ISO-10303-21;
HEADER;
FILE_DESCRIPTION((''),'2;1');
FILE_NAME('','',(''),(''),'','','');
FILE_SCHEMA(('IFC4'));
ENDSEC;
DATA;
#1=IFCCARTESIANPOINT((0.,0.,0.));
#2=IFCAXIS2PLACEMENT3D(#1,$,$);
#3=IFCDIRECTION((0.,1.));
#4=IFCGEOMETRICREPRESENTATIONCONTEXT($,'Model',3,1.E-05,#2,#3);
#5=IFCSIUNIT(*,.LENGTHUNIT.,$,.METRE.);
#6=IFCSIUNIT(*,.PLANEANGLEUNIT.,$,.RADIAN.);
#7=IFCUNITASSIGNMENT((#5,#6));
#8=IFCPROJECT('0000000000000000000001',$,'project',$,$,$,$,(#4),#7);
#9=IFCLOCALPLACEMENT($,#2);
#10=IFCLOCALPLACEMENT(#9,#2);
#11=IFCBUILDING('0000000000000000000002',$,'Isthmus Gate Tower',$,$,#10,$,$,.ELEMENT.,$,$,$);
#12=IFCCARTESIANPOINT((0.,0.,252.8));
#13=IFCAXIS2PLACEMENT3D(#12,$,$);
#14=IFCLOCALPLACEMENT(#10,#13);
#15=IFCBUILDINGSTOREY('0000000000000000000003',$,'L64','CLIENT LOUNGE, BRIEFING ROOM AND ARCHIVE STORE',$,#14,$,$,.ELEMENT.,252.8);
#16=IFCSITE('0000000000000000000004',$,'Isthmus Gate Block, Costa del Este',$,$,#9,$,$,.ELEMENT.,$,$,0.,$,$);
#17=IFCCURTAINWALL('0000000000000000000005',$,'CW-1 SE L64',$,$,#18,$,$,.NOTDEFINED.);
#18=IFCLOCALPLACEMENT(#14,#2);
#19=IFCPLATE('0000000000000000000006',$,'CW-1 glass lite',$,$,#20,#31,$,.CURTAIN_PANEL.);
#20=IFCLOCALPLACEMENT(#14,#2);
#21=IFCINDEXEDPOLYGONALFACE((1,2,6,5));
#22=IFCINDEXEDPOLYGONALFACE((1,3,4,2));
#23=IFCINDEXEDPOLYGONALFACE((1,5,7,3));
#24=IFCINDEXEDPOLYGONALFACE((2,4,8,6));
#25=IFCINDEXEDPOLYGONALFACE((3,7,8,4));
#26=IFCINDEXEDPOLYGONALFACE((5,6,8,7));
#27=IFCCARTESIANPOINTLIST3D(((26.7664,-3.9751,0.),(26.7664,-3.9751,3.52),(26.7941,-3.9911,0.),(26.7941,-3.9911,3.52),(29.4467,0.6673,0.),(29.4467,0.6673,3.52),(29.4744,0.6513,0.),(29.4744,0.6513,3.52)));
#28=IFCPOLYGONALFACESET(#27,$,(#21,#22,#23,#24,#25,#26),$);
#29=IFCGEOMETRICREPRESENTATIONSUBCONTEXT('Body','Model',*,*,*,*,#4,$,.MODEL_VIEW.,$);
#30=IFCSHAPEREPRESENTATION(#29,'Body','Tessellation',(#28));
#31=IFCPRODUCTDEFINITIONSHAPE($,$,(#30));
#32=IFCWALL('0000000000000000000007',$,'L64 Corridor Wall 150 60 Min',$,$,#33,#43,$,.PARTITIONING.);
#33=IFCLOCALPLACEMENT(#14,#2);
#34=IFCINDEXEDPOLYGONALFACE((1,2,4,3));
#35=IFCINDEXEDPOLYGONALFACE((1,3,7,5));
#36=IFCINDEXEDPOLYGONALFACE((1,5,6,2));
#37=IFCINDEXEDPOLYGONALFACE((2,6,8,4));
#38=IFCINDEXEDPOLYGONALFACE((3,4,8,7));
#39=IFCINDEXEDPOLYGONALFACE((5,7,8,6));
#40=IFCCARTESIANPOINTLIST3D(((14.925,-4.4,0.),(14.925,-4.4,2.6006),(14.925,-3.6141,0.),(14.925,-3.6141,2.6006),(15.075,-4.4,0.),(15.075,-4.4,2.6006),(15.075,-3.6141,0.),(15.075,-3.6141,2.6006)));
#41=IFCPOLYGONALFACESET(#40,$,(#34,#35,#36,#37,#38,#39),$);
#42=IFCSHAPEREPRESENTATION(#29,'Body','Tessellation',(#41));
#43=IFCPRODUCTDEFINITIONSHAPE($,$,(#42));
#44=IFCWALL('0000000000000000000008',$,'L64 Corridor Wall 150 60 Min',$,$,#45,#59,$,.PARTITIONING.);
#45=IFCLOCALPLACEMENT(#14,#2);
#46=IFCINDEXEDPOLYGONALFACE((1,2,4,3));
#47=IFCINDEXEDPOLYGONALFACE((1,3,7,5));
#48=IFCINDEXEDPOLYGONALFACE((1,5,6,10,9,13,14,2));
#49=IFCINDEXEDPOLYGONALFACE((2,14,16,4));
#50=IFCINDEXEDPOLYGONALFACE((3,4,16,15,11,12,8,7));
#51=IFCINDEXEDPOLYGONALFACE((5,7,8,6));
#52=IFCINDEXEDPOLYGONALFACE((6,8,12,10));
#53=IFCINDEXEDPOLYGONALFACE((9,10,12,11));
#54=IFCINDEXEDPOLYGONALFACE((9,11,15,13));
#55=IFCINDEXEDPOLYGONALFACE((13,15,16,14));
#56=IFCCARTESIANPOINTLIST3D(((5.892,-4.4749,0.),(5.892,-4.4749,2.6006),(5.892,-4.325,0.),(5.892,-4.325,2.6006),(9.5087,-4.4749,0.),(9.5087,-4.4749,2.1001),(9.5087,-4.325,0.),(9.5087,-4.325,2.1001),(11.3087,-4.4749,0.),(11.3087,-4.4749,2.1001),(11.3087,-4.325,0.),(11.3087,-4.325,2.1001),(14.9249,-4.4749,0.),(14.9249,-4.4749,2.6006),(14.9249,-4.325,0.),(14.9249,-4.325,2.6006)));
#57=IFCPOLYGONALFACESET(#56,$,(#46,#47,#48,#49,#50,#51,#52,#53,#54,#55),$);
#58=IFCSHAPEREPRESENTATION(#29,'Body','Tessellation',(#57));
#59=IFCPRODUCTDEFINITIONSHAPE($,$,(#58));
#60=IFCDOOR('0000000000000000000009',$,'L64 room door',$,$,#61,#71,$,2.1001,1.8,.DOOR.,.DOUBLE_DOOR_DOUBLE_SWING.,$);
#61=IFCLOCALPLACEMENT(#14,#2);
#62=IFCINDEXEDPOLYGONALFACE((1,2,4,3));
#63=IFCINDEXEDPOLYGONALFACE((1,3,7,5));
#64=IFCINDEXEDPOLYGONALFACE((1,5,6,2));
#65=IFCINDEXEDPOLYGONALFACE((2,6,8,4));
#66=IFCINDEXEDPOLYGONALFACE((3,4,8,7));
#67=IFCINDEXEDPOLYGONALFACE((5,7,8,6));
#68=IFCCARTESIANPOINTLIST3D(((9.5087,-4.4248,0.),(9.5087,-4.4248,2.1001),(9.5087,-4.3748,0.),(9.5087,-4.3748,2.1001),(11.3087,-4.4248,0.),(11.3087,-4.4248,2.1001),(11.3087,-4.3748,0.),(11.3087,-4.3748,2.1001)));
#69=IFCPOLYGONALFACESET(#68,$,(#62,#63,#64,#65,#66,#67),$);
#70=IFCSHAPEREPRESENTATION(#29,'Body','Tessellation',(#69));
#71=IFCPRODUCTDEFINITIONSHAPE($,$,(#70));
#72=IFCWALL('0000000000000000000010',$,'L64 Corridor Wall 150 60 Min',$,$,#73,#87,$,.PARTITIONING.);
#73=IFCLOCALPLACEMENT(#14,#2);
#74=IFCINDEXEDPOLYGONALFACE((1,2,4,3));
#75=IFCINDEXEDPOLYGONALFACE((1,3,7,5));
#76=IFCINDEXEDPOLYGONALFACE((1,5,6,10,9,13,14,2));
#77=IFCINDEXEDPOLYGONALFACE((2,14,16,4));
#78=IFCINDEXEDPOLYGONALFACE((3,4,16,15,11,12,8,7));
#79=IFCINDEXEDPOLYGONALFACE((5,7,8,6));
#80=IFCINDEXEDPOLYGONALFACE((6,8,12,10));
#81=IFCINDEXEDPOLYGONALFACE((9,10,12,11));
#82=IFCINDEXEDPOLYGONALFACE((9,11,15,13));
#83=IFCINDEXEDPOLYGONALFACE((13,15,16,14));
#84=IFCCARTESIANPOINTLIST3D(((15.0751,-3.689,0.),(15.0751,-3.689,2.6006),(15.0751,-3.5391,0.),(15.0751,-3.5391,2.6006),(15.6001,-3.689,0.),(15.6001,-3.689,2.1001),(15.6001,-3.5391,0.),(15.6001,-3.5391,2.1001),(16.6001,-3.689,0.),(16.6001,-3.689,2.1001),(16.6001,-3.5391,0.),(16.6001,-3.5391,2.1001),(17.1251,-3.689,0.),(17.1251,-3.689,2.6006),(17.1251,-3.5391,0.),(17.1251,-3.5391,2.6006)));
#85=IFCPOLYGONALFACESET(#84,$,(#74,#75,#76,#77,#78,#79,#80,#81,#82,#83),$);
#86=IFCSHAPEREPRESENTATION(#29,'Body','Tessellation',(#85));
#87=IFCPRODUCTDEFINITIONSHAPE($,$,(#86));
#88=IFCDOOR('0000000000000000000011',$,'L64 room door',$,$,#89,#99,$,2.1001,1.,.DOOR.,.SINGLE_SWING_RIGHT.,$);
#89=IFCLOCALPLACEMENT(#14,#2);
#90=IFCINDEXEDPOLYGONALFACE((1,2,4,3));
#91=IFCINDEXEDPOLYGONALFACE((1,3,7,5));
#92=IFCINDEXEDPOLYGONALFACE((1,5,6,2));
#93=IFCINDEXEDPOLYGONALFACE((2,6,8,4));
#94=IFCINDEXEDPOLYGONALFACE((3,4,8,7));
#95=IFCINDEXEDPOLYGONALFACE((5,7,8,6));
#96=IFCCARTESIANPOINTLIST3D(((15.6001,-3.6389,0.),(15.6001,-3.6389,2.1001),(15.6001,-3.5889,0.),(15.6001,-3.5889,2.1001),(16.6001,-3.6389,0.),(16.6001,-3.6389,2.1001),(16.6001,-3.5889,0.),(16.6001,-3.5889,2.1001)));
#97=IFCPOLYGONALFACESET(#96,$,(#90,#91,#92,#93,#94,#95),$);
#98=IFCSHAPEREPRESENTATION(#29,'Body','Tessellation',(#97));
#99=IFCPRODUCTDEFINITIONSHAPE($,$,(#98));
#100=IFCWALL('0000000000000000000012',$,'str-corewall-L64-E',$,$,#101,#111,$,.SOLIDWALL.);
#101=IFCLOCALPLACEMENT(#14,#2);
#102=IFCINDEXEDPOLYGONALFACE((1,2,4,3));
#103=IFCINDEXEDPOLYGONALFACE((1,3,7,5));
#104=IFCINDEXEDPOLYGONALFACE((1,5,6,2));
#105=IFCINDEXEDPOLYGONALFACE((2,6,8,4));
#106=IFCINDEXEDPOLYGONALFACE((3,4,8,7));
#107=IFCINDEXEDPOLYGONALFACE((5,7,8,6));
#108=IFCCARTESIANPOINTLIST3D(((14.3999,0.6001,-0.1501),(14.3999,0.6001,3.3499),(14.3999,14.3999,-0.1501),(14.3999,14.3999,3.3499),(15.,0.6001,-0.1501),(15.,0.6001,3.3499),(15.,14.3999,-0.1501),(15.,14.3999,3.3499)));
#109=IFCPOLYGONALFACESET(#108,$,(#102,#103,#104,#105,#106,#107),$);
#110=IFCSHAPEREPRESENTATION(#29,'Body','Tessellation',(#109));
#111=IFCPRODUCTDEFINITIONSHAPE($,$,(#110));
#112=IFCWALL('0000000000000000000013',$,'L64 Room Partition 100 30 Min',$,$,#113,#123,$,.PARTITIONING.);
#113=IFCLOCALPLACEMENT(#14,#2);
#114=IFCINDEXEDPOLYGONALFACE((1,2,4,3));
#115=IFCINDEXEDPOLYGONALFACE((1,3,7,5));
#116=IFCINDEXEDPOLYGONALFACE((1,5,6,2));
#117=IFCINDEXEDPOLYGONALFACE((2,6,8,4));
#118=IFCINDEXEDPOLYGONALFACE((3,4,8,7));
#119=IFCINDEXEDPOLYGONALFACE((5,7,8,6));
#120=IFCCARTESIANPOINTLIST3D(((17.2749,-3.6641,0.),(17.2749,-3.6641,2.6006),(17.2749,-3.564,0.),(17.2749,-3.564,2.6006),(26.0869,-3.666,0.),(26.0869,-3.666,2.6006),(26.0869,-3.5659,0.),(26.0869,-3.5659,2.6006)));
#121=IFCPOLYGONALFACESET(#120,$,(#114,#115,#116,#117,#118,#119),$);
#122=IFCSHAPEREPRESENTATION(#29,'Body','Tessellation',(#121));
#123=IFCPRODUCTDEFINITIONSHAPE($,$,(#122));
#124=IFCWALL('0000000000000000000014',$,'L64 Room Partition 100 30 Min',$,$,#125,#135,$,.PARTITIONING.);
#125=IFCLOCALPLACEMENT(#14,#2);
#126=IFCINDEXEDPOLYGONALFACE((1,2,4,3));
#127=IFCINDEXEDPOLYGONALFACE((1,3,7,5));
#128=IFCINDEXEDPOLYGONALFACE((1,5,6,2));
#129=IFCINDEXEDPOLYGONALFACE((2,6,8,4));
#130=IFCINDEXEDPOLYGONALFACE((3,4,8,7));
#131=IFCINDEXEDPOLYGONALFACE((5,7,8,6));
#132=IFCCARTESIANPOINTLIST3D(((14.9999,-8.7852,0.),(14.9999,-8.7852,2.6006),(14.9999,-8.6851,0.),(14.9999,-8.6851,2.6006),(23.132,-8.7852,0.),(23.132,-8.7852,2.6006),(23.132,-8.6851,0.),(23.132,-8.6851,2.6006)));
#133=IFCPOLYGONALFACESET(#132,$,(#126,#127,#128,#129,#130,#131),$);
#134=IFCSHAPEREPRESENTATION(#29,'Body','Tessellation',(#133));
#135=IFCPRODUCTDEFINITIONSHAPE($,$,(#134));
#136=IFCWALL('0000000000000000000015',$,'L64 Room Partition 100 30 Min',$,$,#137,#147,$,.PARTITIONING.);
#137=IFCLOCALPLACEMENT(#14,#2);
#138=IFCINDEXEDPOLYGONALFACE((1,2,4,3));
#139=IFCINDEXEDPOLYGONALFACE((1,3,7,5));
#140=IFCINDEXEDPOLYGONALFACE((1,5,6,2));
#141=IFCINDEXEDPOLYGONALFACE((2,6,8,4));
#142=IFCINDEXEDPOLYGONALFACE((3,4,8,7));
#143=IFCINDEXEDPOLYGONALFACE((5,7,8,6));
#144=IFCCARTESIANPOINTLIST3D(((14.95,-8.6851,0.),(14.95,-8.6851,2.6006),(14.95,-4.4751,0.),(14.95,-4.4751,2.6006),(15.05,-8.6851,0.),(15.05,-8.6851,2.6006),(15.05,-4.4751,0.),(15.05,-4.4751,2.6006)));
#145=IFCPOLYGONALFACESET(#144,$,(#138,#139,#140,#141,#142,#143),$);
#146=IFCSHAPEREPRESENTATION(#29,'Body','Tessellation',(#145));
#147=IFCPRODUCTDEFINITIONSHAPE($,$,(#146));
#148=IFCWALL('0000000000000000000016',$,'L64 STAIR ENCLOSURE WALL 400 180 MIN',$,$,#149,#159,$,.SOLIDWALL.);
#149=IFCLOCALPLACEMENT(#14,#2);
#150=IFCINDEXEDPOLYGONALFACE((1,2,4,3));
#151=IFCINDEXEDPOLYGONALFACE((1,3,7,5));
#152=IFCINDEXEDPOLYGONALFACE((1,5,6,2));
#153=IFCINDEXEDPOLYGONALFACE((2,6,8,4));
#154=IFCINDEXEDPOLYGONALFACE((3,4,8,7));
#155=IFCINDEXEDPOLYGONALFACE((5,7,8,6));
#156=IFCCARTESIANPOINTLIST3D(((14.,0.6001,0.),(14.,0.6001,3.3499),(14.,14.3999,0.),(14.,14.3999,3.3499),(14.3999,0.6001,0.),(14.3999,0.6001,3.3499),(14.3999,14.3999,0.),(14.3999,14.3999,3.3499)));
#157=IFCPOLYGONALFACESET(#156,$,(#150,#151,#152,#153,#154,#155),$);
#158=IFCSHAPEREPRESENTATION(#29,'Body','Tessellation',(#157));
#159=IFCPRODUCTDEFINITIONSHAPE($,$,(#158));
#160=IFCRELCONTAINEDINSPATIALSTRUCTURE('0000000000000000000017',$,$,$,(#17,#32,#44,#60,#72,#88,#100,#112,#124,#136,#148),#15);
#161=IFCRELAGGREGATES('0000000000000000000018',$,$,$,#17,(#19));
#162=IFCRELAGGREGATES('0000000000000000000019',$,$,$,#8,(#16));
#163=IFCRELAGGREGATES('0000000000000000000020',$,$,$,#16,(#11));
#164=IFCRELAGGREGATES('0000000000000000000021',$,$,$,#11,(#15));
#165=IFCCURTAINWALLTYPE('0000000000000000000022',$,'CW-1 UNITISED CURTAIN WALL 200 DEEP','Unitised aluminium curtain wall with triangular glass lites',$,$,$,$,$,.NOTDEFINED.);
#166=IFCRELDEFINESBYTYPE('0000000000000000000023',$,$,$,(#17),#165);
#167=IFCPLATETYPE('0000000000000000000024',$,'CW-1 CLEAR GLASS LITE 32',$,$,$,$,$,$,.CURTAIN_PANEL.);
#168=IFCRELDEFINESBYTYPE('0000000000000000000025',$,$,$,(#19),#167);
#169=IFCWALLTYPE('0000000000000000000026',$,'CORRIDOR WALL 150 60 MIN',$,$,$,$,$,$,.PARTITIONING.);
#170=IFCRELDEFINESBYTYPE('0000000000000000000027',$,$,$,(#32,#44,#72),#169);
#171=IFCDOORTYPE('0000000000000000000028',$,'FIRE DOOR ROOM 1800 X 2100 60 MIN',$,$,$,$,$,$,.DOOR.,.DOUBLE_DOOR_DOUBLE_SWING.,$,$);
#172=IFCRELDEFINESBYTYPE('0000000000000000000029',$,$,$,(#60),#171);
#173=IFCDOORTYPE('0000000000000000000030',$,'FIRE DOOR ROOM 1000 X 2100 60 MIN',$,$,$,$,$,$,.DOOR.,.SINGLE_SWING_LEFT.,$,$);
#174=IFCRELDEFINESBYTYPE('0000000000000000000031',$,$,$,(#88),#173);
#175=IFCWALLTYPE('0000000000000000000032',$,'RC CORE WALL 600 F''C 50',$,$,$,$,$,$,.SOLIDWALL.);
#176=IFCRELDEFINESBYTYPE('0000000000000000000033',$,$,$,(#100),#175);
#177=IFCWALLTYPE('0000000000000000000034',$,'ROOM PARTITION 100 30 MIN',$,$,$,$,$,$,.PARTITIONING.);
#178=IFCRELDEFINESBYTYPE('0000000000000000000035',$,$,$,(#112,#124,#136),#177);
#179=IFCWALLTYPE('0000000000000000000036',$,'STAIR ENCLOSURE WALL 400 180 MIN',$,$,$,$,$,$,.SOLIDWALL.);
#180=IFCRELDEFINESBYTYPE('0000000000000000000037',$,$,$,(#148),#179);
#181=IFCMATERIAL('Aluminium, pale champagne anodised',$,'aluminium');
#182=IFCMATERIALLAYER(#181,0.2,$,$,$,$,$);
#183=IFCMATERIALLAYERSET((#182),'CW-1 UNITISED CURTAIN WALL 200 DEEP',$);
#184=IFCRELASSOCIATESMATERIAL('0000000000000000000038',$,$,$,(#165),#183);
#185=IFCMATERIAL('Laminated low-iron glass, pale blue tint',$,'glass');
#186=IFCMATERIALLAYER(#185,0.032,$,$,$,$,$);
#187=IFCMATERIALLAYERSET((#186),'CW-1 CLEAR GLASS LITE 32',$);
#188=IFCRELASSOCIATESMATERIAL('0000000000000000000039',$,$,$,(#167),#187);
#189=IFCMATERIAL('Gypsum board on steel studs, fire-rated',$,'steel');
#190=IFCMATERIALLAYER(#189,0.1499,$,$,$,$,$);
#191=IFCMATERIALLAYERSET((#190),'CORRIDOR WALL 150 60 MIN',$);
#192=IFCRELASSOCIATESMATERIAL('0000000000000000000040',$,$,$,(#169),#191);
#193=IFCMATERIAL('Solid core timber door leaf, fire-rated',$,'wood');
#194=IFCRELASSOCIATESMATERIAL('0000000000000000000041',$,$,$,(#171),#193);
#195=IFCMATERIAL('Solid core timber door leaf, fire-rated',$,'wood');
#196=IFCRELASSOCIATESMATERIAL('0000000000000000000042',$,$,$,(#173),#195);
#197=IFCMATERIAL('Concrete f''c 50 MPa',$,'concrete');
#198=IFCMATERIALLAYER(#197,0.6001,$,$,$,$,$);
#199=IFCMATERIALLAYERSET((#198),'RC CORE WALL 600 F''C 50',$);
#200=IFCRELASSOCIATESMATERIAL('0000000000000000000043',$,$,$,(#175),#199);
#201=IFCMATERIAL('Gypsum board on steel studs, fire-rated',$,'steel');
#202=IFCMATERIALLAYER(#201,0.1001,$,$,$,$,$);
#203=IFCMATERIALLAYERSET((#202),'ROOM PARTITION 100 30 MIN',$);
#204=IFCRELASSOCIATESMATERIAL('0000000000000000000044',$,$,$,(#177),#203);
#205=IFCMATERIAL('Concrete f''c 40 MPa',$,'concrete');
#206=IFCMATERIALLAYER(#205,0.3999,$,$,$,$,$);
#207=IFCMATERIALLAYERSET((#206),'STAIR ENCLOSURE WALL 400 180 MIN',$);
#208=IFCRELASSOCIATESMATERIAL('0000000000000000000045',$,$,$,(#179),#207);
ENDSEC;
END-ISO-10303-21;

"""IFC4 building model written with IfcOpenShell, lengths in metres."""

from ifc_helpers import new_model, si_unit, direction, frame, frame_2d, origin, origin_2d, place, context, subcontext, project, spatial, rectangle, extrude, material, layer, layer_set, type_object, element, fill, aggregate, save


model = new_model("IFC4")

# Units and contexts
model_context = context("Model", 3, precision=1e-05, world=origin(), true_north=direction((0.0, 1.0)))
body_context = subcontext(model_context, "Body", "Model", "MODEL_VIEW")
ifc_project = project(units=[si_unit("LENGTHUNIT", "METRE"), si_unit("PLANEANGLEUNIT", "RADIAN")], contexts=[model_context])

# Site, building, storey
site_placement = place(None, origin())
site = spatial("IfcSite", under=ifc_project, at=site_placement, Name="Isthmus Gate Block, Costa del Este", CompositionType="ELEMENT", RefElevation=0.0)
building_placement = place(site_placement, origin())
building = spatial("IfcBuilding", under=site, at=building_placement, Name="Isthmus Gate Tower", CompositionType="ELEMENT")
storey_placement = place(building_placement, frame((0.0, 0.0, 252.8)))
storey = spatial("IfcBuildingStorey", under=building, at=storey_placement, Name="L64", Description="CLIENT LOUNGE, BRIEFING ROOM AND ARCHIVE STORE", CompositionType="ELEMENT", Elevation=252.8)

# Curtain wall
ifc_material_1 = material(Name="Aluminium, pale champagne anodised", Category="aluminium")
ifc_layer_1 = layer(ifc_material_1, 0.2)
ifc_layer_set_1 = layer_set([ifc_layer_1], Name="CW-1 UNITISED CURTAIN WALL 200 DEEP")
curtain_wall_type = type_object("IfcCurtainWallType", Name="CW-1 UNITISED CURTAIN WALL 200 DEEP", Description="Unitised aluminium curtain wall with triangular glass lites", PredefinedType="NOTDEFINED", material=ifc_layer_set_1)
curtain_wall_placement = place(storey_placement, origin())
curtain_wall = element("IfcCurtainWall", 1, at=curtain_wall_placement, inside=storey, type_object=curtain_wall_type, Name="CW-1 SE L64", PredefinedType="NOTDEFINED")

# Plate
ifc_material_2 = material(Name="Laminated low-iron glass, pale blue tint", Category="glass")
ifc_layer_2 = layer(ifc_material_2, 0.032)
ifc_layer_set_2 = layer_set([ifc_layer_2], Name="CW-1 CLEAR GLASS LITE 32")
plate_type = type_object("IfcPlateType", Name="CW-1 CLEAR GLASS LITE 32", PredefinedType="CURTAIN_PANEL", material=ifc_layer_set_2)
plate_1_placement = place(storey_placement, frame((28.1204, -1.6619, 0.0), z_axis=(0.0, 0.0, 1.0), x_axis=(0.5, 0.866025, 0.0)))
plate_1 = element("IfcPlate", 2, at=plate_1_placement, type_object=plate_type, Name="CW-1 glass lite", PredefinedType="CURTAIN_PANEL", context=body_context, shape_type="SweptSolid", body=[
    extrude(rectangle(XDim=5.3606, YDim=0.032, at=origin_2d()), origin(), (0.0, 0.0, 1.0), 3.52),
])
aggregate(curtain_wall, [plate_1])

# Wall
ifc_material_3 = material(Name="Gypsum board on steel studs, fire-rated", Category="steel")
ifc_layer_3 = layer(ifc_material_3, 0.1499)
ifc_layer_set_3 = layer_set([ifc_layer_3], Name="CORRIDOR WALL 150 60 MIN")
wall_type_1 = type_object("IfcWallType", Name="CORRIDOR WALL 150 60 MIN", PredefinedType="PARTITIONING", material=ifc_layer_set_3)
wall_1_placement = place(storey_placement, frame((15.0, -3.614, 0.0), z_axis=(0.0, 0.0, 1.0), x_axis=(0.0, -1.0, 0.0)))
element("IfcWall", 3, at=wall_1_placement, inside=storey, type_object=wall_type_1, Name="L64 Corridor Wall 150 60 Min", PredefinedType="PARTITIONING", context=body_context, shape_type="SweptSolid", body=[
    extrude(rectangle(XDim=0.7859, YDim=0.1499, at=frame_2d((0.3931, 0.0))), origin(), (0.0, 0.0, 1.0), 2.6006),
])

# Walls, openings, doors
wall_2_placement = place(storey_placement, frame((14.925, -4.3999, 0.0), z_axis=(0.0, 0.0, 1.0), x_axis=(-1.0, 0.0, 0.0)))
wall_2 = element("IfcWall", 4, at=wall_2_placement, inside=storey, type_object=wall_type_1, Name="L64 Corridor Wall 150 60 Min", PredefinedType="PARTITIONING", context=body_context, shape_type="SweptSolid", body=[
    extrude(rectangle(XDim=9.033, YDim=0.1499, at=frame_2d((4.5166, 0.0))), origin(), (0.0, 0.0, 1.0), 2.6006),
])
opening_1_placement = place(wall_2_placement, frame((3.6165, 0.0, 0.0)))
opening_1 = element("IfcOpeningElement", 5, at=opening_1_placement, cuts=wall_2, PredefinedType="OPENING", context=body_context, shape_type="SweptSolid", body=[
    extrude(rectangle(XDim=1.8, YDim=2.1001, at=frame_2d((0.8999, 1.05))), frame((0.0, 0.085, 0.0), z_axis=(0.0, -1.0, 0.0), x_axis=(1.0, 0.0, 0.0)), (0.0, 0.0, 1.0), 0.1699),
])
ifc_material_4 = material(Name="Solid core timber door leaf, fire-rated", Category="wood")
door_type_1 = type_object("IfcDoorType", Name="FIRE DOOR ROOM 1800 X 2100 60 MIN", OperationType="DOUBLE_DOOR_DOUBLE_SWING", PredefinedType="DOOR", material=ifc_material_4)
door_1_placement = place(opening_1_placement, origin())
door_1 = element("IfcDoor", 6, at=door_1_placement, inside=storey, type_object=door_type_1, Name="L64 room door", OperationType="DOUBLE_DOOR_DOUBLE_SWING", OverallHeight=2.1001, OverallWidth=1.8, PredefinedType="DOOR", context=body_context, shape_type="SweptSolid", body=[
    extrude(rectangle(XDim=1.8, YDim=2.1001, at=frame_2d((0.8999, 1.05))), frame((0.0, 0.0249, 0.0), z_axis=(0.0, -1.0, 0.0), x_axis=(1.0, 0.0, 0.0)), (0.0, 0.0, 1.0), 0.05),
])
fill(opening_1, door_1)
wall_3_placement = place(storey_placement, frame((17.125, -3.614, 0.0), z_axis=(0.0, 0.0, 1.0), x_axis=(-1.0, 0.0, 0.0)))
wall_3 = element("IfcWall", 7, at=wall_3_placement, inside=storey, type_object=wall_type_1, Name="L64 Corridor Wall 150 60 Min", PredefinedType="PARTITIONING", context=body_context, shape_type="SweptSolid", body=[
    extrude(rectangle(XDim=2.05, YDim=0.1499, at=frame_2d((1.0249, 0.0))), origin(), (0.0, 0.0, 1.0), 2.6006),
])
opening_2_placement = place(wall_3_placement, frame((0.5249, 0.0, 0.0)))
opening_2 = element("IfcOpeningElement", 8, at=opening_2_placement, cuts=wall_3, PredefinedType="OPENING", context=body_context, shape_type="SweptSolid", body=[
    extrude(rectangle(XDim=1.0, YDim=2.1001, at=frame_2d((0.5, 1.05))), frame((0.0, 0.085, 0.0), z_axis=(0.0, -1.0, 0.0), x_axis=(1.0, 0.0, 0.0)), (0.0, 0.0, 1.0), 0.1699),
])
ifc_material_5 = material(Name="Solid core timber door leaf, fire-rated", Category="wood")
door_type_2 = type_object("IfcDoorType", Name="FIRE DOOR ROOM 1000 X 2100 60 MIN", OperationType="SINGLE_SWING_LEFT", PredefinedType="DOOR", material=ifc_material_5)
door_2_placement = place(opening_2_placement, origin())
door_2 = element("IfcDoor", 9, at=door_2_placement, inside=storey, type_object=door_type_2, Name="L64 room door", OperationType="SINGLE_SWING_RIGHT", OverallHeight=2.1001, OverallWidth=1.0, PredefinedType="DOOR", context=body_context, shape_type="SweptSolid", body=[
    extrude(rectangle(XDim=1.0, YDim=2.1001, at=frame_2d((0.5, 1.05))), frame((0.0, 0.0249, 0.0), z_axis=(0.0, -1.0, 0.0), x_axis=(1.0, 0.0, 0.0)), (0.0, 0.0, 1.0), 0.05),
])
fill(opening_2, door_2)

# Walls
ifc_material_6 = material(Name="Concrete f'c 50 MPa", Category="concrete")
ifc_layer_4 = layer(ifc_material_6, 0.6001)
ifc_layer_set_4 = layer_set([ifc_layer_4], Name="RC CORE WALL 600 F'C 50")
wall_type_2 = type_object("IfcWallType", Name="RC CORE WALL 600 F'C 50", PredefinedType="SOLIDWALL", material=ifc_layer_set_4)
wall_4_placement = place(storey_placement, frame((14.7, 0.6001, -0.1501), z_axis=(0.0, 0.0, 1.0), x_axis=(0.0, 1.0, 0.0)))
element("IfcWall", 10, at=wall_4_placement, inside=storey, type_object=wall_type_2, Name="str-corewall-L64-E", PredefinedType="SOLIDWALL", context=body_context, shape_type="SweptSolid", body=[
    extrude(rectangle(XDim=13.7998, YDim=0.6001, at=frame_2d((6.8999, 0.0))), origin(), (0.0, 0.0, 1.0), 3.5),
])
ifc_material_7 = material(Name="Gypsum board on steel studs, fire-rated", Category="steel")
ifc_layer_5 = layer(ifc_material_7, 0.1001)
ifc_layer_set_5 = layer_set([ifc_layer_5], Name="ROOM PARTITION 100 30 MIN")
wall_type_3 = type_object("IfcWallType", Name="ROOM PARTITION 100 30 MIN", PredefinedType="PARTITIONING", material=ifc_layer_set_5)
wall_5_placement = place(storey_placement, frame((17.2749, -3.614, 0.0), z_axis=(0.0, 0.0, 1.0), x_axis=(1.0, -0.000222, 0.0)))
element("IfcWall", 11, at=wall_5_placement, inside=storey, type_object=wall_type_3, Name="L64 Room Partition 100 30 Min", PredefinedType="PARTITIONING", context=body_context, shape_type="SweptSolid", body=[
    extrude(rectangle(XDim=8.812, YDim=0.1001, at=frame_2d((4.406, 0.0))), origin(), (0.0, 0.0, 1.0), 2.6006),
])
wall_6_placement = place(storey_placement, frame((15.0, -8.7351, 0.0), z_axis=(0.0, 0.0, 1.0), x_axis=(1.0, 0.0, 0.0)))
element("IfcWall", 12, at=wall_6_placement, inside=storey, type_object=wall_type_3, Name="L64 Room Partition 100 30 Min", PredefinedType="PARTITIONING", context=body_context, shape_type="SweptSolid", body=[
    extrude(rectangle(XDim=8.1321, YDim=0.1001, at=frame_2d((4.0659, 0.0))), origin(), (0.0, 0.0, 1.0), 2.6006),
])
wall_7_placement = place(storey_placement, frame((15.0, -8.6851, 0.0), z_axis=(0.0, 0.0, 1.0), x_axis=(0.0, 1.0, 0.0)))
element("IfcWall", 13, at=wall_7_placement, inside=storey, type_object=wall_type_3, Name="L64 Room Partition 100 30 Min", PredefinedType="PARTITIONING", context=body_context, shape_type="SweptSolid", body=[
    extrude(rectangle(XDim=4.21, YDim=0.1001, at=frame_2d((2.105, 0.0))), origin(), (0.0, 0.0, 1.0), 2.6006),
])
ifc_material_8 = material(Name="Concrete f'c 40 MPa", Category="concrete")
ifc_layer_6 = layer(ifc_material_8, 0.3999)
ifc_layer_set_6 = layer_set([ifc_layer_6], Name="STAIR ENCLOSURE WALL 400 180 MIN")
wall_type_4 = type_object("IfcWallType", Name="STAIR ENCLOSURE WALL 400 180 MIN", PredefinedType="SOLIDWALL", material=ifc_layer_set_6)
wall_8_placement = place(storey_placement, frame((14.2, 0.6001, 0.0), z_axis=(0.0, 0.0, 1.0), x_axis=(0.0, 1.0, 0.0)))
element("IfcWall", 14, at=wall_8_placement, inside=storey, type_object=wall_type_4, Name="L64 STAIR ENCLOSURE WALL 400 180 MIN", PredefinedType="SOLIDWALL", context=body_context, shape_type="SweptSolid", body=[
    extrude(rectangle(XDim=13.7998, YDim=0.3999, at=frame_2d((6.8999, 0.0))), origin(), (0.0, 0.0, 1.0), 3.3499),
])

save(model, "model.ifc")
